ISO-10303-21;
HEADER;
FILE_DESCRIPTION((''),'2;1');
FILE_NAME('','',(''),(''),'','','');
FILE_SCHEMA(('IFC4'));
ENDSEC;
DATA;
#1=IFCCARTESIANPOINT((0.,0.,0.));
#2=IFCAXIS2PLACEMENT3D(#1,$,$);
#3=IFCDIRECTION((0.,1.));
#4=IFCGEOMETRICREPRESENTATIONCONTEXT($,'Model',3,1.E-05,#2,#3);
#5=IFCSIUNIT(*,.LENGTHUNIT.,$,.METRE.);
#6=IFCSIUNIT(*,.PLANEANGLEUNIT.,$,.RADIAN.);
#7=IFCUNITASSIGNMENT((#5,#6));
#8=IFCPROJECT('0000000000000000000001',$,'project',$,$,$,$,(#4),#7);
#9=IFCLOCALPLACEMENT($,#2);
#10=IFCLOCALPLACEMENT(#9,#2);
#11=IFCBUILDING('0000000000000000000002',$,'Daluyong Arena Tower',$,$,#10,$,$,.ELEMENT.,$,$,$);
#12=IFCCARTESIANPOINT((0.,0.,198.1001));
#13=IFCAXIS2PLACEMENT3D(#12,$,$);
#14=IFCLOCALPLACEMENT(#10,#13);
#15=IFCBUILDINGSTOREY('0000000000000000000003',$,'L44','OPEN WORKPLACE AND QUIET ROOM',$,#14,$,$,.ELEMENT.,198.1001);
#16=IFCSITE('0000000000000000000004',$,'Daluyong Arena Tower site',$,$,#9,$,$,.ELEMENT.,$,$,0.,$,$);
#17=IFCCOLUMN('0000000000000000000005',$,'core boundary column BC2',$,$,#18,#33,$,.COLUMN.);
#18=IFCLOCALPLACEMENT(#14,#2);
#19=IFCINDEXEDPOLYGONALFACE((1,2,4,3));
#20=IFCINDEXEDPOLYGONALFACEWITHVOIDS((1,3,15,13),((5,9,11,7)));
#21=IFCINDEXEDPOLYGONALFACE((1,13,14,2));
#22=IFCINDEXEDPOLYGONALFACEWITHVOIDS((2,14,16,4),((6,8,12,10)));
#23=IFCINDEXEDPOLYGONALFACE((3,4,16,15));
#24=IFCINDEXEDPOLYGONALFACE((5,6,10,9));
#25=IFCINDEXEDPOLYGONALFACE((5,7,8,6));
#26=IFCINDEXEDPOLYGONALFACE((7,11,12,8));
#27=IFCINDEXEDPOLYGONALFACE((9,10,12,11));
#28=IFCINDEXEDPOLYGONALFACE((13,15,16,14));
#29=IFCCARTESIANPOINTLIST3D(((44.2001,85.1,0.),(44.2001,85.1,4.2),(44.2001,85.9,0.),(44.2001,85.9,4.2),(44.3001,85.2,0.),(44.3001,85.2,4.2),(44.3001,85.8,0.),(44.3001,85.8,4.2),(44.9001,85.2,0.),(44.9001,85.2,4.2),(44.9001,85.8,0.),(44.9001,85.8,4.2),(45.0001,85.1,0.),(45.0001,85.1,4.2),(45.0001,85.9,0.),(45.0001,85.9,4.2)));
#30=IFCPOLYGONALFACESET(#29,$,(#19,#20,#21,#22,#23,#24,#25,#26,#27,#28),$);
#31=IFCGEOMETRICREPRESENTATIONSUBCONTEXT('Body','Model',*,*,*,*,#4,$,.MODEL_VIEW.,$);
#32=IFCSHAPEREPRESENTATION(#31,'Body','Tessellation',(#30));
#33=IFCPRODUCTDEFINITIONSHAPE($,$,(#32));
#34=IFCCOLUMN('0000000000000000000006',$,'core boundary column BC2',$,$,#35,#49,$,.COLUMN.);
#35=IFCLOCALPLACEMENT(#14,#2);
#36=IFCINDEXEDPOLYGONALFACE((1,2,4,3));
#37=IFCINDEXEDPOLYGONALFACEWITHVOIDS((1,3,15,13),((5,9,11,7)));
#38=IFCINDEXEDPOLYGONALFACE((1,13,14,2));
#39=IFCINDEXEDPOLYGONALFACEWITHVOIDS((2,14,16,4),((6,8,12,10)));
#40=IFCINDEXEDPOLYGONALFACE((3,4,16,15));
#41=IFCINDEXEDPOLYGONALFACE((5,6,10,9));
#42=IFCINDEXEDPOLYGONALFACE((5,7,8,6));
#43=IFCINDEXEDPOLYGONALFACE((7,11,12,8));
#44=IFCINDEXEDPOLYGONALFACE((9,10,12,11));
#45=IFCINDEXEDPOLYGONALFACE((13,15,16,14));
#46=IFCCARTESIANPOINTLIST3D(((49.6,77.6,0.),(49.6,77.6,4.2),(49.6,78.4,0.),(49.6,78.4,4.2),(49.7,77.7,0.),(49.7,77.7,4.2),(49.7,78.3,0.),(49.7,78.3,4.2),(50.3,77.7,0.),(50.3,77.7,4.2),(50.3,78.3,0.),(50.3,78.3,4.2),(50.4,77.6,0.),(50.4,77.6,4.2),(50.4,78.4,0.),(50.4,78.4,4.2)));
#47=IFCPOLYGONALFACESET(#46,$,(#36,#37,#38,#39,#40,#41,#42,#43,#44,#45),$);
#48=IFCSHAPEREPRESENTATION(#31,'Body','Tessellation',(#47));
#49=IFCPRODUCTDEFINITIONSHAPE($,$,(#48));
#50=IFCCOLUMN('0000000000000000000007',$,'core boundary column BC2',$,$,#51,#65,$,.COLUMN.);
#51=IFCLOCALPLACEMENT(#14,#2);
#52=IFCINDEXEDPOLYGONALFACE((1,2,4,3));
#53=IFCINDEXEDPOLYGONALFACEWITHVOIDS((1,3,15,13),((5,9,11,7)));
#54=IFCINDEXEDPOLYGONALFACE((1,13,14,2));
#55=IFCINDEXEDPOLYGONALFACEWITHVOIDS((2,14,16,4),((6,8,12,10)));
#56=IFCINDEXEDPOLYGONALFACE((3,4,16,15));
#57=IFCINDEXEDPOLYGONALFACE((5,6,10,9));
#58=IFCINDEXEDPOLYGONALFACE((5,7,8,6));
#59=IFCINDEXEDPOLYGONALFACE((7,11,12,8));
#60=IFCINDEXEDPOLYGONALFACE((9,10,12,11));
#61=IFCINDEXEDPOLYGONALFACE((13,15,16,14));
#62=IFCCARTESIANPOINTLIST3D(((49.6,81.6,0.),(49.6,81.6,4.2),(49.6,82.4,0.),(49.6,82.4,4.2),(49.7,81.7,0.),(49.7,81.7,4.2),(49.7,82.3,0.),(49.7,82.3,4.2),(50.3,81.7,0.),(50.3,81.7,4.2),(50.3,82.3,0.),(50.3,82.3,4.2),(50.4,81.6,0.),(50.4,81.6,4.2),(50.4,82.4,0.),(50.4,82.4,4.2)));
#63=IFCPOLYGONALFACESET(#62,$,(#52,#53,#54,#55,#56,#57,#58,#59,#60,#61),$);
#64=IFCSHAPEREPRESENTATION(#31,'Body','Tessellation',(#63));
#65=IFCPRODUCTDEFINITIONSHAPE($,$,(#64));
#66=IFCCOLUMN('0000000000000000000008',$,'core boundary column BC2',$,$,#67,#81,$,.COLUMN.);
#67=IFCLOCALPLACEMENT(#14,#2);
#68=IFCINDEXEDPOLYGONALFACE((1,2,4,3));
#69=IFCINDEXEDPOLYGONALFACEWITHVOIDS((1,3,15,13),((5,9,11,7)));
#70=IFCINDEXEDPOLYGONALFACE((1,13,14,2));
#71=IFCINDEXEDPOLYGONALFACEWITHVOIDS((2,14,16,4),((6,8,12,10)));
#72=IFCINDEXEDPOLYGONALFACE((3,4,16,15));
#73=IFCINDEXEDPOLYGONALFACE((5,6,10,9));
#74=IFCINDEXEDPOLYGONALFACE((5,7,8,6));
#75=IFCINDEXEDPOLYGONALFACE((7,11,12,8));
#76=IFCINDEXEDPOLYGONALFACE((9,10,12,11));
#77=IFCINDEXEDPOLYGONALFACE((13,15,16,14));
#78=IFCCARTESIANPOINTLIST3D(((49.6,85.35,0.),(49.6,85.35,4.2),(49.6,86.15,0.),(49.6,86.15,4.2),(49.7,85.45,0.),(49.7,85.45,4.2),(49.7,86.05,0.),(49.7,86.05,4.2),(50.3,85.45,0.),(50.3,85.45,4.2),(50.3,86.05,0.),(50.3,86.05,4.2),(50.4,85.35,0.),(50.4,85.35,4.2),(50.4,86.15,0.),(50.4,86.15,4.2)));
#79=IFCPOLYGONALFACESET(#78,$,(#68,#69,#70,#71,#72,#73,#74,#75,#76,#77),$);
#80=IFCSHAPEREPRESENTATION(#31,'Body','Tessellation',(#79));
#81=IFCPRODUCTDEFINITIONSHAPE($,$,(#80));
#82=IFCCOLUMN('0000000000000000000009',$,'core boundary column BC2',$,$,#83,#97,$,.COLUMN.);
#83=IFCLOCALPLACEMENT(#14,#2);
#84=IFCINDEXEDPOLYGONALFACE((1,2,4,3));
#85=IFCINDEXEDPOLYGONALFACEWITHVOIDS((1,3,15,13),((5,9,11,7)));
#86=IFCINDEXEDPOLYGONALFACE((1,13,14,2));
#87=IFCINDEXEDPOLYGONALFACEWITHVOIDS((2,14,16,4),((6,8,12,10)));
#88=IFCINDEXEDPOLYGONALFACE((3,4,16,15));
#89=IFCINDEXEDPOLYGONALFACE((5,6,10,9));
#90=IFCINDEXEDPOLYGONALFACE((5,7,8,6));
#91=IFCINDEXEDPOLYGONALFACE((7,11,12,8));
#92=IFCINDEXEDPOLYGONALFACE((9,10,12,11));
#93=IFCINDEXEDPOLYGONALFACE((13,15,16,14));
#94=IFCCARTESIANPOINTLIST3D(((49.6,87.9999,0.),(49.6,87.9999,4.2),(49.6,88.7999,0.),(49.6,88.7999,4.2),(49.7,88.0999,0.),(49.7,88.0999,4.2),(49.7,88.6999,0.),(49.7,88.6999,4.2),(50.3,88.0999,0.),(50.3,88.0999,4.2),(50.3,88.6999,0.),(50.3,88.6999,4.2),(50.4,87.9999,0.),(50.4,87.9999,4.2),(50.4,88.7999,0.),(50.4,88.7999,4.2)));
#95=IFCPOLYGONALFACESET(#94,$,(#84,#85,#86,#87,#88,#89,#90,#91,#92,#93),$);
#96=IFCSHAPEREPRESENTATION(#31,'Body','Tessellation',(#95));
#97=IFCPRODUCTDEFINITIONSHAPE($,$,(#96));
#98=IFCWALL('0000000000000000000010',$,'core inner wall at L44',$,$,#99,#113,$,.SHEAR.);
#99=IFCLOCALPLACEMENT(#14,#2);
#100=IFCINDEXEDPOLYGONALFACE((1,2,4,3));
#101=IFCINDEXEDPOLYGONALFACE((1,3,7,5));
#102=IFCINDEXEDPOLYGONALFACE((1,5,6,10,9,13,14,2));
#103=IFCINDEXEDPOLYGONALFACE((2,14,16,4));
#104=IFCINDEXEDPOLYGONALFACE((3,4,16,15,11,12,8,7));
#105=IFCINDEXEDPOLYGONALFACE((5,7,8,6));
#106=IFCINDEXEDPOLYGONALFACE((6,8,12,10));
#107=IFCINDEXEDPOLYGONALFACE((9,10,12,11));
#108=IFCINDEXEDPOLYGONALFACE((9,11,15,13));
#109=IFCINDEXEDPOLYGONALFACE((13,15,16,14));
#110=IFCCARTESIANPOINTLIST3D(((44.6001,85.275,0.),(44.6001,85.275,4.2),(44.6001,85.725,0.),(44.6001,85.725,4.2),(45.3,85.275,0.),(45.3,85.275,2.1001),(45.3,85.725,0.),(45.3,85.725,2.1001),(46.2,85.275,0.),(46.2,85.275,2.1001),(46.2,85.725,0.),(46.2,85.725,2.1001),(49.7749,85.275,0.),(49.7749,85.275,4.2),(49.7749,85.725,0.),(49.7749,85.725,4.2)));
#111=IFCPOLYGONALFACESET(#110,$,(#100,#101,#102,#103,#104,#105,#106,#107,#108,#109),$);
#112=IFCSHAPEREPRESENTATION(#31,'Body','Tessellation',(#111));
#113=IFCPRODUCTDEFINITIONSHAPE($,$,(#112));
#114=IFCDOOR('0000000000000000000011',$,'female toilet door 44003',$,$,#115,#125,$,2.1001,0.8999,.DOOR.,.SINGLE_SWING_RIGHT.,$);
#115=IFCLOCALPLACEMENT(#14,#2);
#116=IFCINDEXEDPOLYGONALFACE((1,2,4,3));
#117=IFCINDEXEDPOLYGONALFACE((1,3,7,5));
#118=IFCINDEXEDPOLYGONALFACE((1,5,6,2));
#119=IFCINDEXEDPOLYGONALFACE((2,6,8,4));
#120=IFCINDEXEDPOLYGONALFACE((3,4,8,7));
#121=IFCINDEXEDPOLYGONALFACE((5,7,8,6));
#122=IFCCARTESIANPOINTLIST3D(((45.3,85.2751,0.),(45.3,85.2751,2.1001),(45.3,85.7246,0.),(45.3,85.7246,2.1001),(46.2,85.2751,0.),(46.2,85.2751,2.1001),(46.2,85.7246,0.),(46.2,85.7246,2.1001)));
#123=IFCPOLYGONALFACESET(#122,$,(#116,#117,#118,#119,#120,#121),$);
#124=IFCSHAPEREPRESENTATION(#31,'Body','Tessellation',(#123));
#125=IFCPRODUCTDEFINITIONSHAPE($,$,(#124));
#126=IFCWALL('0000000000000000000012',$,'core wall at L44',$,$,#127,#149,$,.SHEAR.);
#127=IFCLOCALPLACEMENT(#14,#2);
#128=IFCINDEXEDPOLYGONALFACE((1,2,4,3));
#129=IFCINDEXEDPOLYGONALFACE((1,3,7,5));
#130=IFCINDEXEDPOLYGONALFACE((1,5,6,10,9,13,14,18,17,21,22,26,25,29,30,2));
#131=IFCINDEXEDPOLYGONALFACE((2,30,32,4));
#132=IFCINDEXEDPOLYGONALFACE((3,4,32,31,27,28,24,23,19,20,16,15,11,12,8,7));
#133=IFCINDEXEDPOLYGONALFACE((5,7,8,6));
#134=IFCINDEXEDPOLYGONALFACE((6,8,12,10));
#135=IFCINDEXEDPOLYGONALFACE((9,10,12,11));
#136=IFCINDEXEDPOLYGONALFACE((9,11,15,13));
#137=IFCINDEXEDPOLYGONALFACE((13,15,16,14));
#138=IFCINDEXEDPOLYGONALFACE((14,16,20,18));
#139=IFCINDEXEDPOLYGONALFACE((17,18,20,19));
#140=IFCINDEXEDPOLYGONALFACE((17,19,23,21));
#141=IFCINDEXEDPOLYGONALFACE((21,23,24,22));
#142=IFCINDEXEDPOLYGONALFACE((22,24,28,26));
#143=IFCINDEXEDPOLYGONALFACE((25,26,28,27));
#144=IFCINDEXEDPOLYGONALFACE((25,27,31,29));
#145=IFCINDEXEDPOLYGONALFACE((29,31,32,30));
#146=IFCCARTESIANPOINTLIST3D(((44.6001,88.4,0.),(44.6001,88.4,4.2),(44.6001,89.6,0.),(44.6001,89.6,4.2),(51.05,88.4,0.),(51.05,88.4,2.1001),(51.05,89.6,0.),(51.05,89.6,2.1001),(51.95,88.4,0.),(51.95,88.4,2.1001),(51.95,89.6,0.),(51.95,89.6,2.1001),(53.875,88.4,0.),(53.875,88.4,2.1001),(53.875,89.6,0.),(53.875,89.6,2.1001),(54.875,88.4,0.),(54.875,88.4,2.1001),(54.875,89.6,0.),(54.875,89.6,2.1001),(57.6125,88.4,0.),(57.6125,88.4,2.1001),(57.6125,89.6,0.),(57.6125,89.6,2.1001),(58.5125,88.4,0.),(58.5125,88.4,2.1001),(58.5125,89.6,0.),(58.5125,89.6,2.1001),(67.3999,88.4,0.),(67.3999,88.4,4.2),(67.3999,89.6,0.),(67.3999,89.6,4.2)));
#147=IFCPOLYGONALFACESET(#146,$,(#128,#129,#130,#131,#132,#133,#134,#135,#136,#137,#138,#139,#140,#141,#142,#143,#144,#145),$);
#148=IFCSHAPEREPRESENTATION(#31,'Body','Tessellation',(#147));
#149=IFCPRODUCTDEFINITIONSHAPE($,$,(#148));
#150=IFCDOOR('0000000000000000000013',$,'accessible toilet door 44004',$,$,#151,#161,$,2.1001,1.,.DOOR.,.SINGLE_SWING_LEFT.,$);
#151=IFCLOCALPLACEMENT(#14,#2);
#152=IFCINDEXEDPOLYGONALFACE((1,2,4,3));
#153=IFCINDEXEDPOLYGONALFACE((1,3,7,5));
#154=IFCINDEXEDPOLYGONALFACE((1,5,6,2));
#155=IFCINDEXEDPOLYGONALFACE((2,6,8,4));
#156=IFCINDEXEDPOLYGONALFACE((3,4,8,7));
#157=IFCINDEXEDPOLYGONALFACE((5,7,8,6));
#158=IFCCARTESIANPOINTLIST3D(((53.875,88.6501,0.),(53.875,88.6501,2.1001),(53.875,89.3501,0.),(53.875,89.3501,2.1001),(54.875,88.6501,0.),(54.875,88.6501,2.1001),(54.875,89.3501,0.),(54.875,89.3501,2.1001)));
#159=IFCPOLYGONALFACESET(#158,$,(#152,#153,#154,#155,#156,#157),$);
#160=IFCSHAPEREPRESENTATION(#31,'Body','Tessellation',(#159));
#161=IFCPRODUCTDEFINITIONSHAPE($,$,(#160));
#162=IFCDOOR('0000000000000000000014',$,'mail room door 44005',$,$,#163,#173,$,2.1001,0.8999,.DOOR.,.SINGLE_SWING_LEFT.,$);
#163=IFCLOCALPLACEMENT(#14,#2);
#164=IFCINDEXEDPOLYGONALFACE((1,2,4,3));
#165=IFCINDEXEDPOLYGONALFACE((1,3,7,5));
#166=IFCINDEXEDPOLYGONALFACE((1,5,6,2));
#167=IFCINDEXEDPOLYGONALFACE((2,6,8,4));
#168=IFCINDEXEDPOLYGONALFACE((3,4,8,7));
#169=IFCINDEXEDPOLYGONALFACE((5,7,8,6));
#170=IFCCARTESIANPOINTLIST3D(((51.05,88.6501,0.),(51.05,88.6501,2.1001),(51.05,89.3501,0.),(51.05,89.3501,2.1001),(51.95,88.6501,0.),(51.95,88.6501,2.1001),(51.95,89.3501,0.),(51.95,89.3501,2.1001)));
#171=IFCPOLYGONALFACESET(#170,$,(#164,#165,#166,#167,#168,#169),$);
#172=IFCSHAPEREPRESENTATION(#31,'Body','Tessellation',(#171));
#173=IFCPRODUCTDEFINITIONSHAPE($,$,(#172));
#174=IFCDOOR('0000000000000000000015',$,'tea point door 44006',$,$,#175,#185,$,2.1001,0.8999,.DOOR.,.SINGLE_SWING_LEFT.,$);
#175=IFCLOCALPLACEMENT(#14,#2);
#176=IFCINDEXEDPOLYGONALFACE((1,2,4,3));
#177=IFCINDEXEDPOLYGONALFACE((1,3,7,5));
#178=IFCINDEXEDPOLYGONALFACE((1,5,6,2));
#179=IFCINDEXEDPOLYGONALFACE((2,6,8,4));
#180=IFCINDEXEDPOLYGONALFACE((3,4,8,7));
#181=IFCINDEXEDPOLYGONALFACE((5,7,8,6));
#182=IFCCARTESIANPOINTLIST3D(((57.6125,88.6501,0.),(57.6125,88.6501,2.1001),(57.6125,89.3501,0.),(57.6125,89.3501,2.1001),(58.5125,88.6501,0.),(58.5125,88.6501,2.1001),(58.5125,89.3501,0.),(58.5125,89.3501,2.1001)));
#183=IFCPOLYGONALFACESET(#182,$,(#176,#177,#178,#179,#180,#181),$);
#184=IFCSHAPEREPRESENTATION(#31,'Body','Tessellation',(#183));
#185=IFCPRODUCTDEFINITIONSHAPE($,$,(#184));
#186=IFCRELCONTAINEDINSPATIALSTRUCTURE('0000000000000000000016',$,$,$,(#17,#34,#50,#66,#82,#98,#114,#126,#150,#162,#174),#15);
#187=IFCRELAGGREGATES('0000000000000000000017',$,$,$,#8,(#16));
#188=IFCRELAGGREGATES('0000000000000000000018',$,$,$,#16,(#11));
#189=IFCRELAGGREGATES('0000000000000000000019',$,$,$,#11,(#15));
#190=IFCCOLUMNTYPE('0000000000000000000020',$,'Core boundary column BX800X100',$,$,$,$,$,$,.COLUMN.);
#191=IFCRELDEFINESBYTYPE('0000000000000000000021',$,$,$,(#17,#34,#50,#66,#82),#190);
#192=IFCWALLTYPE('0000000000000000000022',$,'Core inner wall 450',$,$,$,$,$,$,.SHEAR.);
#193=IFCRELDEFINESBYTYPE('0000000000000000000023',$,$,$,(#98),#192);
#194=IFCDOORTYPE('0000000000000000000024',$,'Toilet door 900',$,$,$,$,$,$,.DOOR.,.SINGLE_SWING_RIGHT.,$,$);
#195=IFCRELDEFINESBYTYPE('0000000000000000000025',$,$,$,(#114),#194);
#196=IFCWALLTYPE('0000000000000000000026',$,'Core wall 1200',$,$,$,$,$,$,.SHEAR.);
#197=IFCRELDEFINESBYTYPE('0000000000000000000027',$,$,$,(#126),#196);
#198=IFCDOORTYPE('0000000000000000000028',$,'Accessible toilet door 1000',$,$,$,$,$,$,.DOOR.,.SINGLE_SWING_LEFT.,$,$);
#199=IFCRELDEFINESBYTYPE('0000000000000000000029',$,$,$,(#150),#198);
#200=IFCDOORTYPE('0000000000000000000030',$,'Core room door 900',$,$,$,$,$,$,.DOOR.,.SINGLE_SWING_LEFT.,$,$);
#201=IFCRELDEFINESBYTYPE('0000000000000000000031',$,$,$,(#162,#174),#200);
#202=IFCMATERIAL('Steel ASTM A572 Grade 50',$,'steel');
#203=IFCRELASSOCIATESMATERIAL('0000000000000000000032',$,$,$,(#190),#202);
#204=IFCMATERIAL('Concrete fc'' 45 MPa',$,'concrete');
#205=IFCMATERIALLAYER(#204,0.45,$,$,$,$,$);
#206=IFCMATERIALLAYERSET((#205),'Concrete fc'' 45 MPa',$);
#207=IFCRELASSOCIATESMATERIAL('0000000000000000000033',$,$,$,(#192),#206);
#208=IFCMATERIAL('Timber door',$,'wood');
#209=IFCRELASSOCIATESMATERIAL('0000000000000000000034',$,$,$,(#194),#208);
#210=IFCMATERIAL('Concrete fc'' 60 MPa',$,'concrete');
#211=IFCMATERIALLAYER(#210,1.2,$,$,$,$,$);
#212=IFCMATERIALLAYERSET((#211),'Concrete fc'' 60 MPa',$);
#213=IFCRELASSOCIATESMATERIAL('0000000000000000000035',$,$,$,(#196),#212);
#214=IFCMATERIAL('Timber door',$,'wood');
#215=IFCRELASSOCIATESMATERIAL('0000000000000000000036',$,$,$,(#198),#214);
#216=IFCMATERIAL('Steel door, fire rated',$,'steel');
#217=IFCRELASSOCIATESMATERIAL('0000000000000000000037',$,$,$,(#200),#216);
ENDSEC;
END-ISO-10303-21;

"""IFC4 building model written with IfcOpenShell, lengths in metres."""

from ifc_helpers import new_model, si_unit, direction, frame, frame_2d, origin, origin_2d, place, context, subcontext, project, spatial, rectangle, hollow_rectangle, extrude, material, layer, layer_set, material_profile, profile_set, type_object, element, fill, save


model = new_model("IFC4")

# Units and contexts
model_context = context("Model", 3, precision=1e-05, world=origin(), true_north=direction((0.0, 1.0)))
body_context = subcontext(model_context, "Body", "Model", "MODEL_VIEW")
ifc_project = project(units=[si_unit("LENGTHUNIT", "METRE"), si_unit("PLANEANGLEUNIT", "RADIAN")], contexts=[model_context])

# Site, building, storey
site_placement = place(None, origin())
site = spatial("IfcSite", under=ifc_project, at=site_placement, Name="Daluyong Arena Tower site", CompositionType="ELEMENT", RefElevation=0.0)
building_placement = place(site_placement, origin())
building = spatial("IfcBuilding", under=site, at=building_placement, Name="Daluyong Arena Tower", CompositionType="ELEMENT")
storey_placement = place(building_placement, frame((0.0, 0.0, 198.1001)))
storey = spatial("IfcBuildingStorey", under=building, at=storey_placement, Name="L44", Description="OPEN WORKPLACE AND QUIET ROOM", CompositionType="ELEMENT", Elevation=198.1001)

# Columns
ifc_material_1 = material(Name="Steel ASTM A572 Grade 50", Category="steel")
ifc_material_profile = material_profile(ifc_material_1, hollow_rectangle(XDim=0.8, YDim=0.8, WallThickness=0.1, at=origin_2d()))
ifc_profile_set = profile_set([ifc_material_profile], Name="Steel ASTM A572 Grade 50")
column_type = type_object("IfcColumnType", Name="Core boundary column BX800X100", PredefinedType="COLUMN", material=ifc_profile_set)
for number, where, z_axis, x_axis, name in (
    (1, (44.6001, 85.5, 0.0), (0.0, 0.0, 1.0), (1.0, 0.0, 0.0), "core boundary column BC2"),
    (2, (50.0, 78.0, 0.0), (0.0, 0.0, 1.0), (1.0, 0.0, 0.0), "core boundary column BC2"),
    (3, (50.0, 82.0, 0.0), (0.0, 0.0, 1.0), (1.0, 0.0, 0.0), "core boundary column BC2"),
    (4, (50.0, 85.75, 0.0), (0.0, 0.0, 1.0), (1.0, 0.0, 0.0), "core boundary column BC2"),
    (5, (50.0, 88.3999, 0.0), (0.0, 0.0, 1.0), (1.0, 0.0, 0.0), "core boundary column BC2"),
):
    element("IfcColumn", number, at=place(storey_placement, frame(where, z_axis=z_axis, x_axis=x_axis)), inside=storey, type_object=column_type, Name=name, PredefinedType="COLUMN", context=body_context, shape_type="SweptSolid", body=[
        extrude(hollow_rectangle(XDim=0.8, YDim=0.8, WallThickness=0.1, at=origin_2d()), origin(), (0.0, 0.0, 1.0), 4.2),
    ])

# Wall, opening, door
ifc_material_2 = material(Name="Concrete fc' 45 MPa", Category="concrete")
ifc_layer_1 = layer(ifc_material_2, 0.45)
ifc_layer_set_1 = layer_set([ifc_layer_1], Name="Concrete fc' 45 MPa")
wall_type_1 = type_object("IfcWallType", Name="Core inner wall 450", PredefinedType="SHEAR", material=ifc_layer_set_1)
wall_1_placement = place(storey_placement, frame((44.6001, 85.5, 0.0), z_axis=(0.0, 0.0, 1.0), x_axis=(1.0, 0.0, 0.0)))
wall_1 = element("IfcWall", 6, at=wall_1_placement, inside=storey, type_object=wall_type_1, Name="core inner wall at L44", PredefinedType="SHEAR", context=body_context, shape_type="SweptSolid", body=[
    extrude(rectangle(XDim=5.1748, YDim=0.45, at=frame_2d((2.5874, 0.0))), origin(), (0.0, 0.0, 1.0), 4.2),
])
opening_1_placement = place(wall_1_placement, frame((0.7, 0.0, 0.0)))
opening_1 = element("IfcOpeningElement", 7, at=opening_1_placement, cuts=wall_1, PredefinedType="OPENING", context=body_context, shape_type="SweptSolid", body=[
    extrude(rectangle(XDim=0.8999, YDim=2.1001, at=frame_2d((0.45, 1.05))), frame((0.0, 0.2349, 0.0), z_axis=(0.0, -1.0, 0.0), x_axis=(1.0, 0.0, 0.0)), (0.0, 0.0, 1.0), 0.47),
])
ifc_material_3 = material(Name="Timber door", Category="wood")
door_type_1 = type_object("IfcDoorType", Name="Toilet door 900", OperationType="SINGLE_SWING_RIGHT", PredefinedType="DOOR", material=ifc_material_3)
door_1_placement = place(opening_1_placement, origin())
door_1 = element("IfcDoor", 8, at=door_1_placement, inside=storey, type_object=door_type_1, Name="female toilet door 44003", OperationType="SINGLE_SWING_RIGHT", OverallHeight=2.1001, OverallWidth=0.8999, PredefinedType="DOOR", context=body_context, shape_type="SweptSolid", body=[
    extrude(rectangle(XDim=0.8999, YDim=2.1001, at=frame_2d((0.45, 1.05))), frame((0.0, 0.2246, 0.0), z_axis=(0.0, -1.0, 0.0), x_axis=(1.0, 0.0, 0.0)), (0.0, 0.0, 1.0), 0.4495),
])
fill(opening_1, door_1)

# Wall, openings, doors
ifc_material_4 = material(Name="Concrete fc' 60 MPa", Category="concrete")
ifc_layer_2 = layer(ifc_material_4, 1.2)
ifc_layer_set_2 = layer_set([ifc_layer_2], Name="Concrete fc' 60 MPa")
wall_type_2 = type_object("IfcWallType", Name="Core wall 1200", PredefinedType="SHEAR", material=ifc_layer_set_2)
wall_2_placement = place(storey_placement, frame((44.6001, 89.0, 0.0), z_axis=(0.0, 0.0, 1.0), x_axis=(1.0, 0.0, 0.0)))
wall_2 = element("IfcWall", 9, at=wall_2_placement, inside=storey, type_object=wall_type_2, Name="core wall at L44", PredefinedType="SHEAR", context=body_context, shape_type="SweptSolid", body=[
    extrude(rectangle(XDim=22.7998, YDim=1.2, at=frame_2d((11.3999, 0.0))), origin(), (0.0, 0.0, 1.0), 4.2),
])
opening_2_placement = place(wall_2_placement, frame((9.2749, 0.0, 0.0)))
opening_2 = element("IfcOpeningElement", 10, at=opening_2_placement, cuts=wall_2, PredefinedType="OPENING", context=body_context, shape_type="SweptSolid", body=[
    extrude(rectangle(XDim=1.0, YDim=2.1001, at=frame_2d((0.5, 1.05))), frame((0.0, 0.6099, 0.0), z_axis=(0.0, -1.0, 0.0), x_axis=(1.0, 0.0, 0.0)), (0.0, 0.0, 1.0), 1.22),
])
opening_3_placement = place(wall_2_placement, frame((6.45, 0.0, 0.0)))
opening_3 = element("IfcOpeningElement", 11, at=opening_3_placement, cuts=wall_2, PredefinedType="OPENING", context=body_context, shape_type="SweptSolid", body=[
    extrude(rectangle(XDim=0.8999, YDim=2.1001, at=frame_2d((0.45, 1.05))), frame((0.0, 0.6099, 0.0), z_axis=(0.0, -1.0, 0.0), x_axis=(1.0, 0.0, 0.0)), (0.0, 0.0, 1.0), 1.22),
])
opening_4_placement = place(wall_2_placement, frame((13.0125, 0.0, 0.0)))
opening_4 = element("IfcOpeningElement", 12, at=opening_4_placement, cuts=wall_2, PredefinedType="OPENING", context=body_context, shape_type="SweptSolid", body=[
    extrude(rectangle(XDim=0.8999, YDim=2.1001, at=frame_2d((0.45, 1.05))), frame((0.0, 0.6099, 0.0), z_axis=(0.0, -1.0, 0.0), x_axis=(1.0, 0.0, 0.0)), (0.0, 0.0, 1.0), 1.22),
])
ifc_material_5 = material(Name="Timber door", Category="wood")
door_type_2 = type_object("IfcDoorType", Name="Accessible toilet door 1000", OperationType="SINGLE_SWING_LEFT", PredefinedType="DOOR", material=ifc_material_5)
door_2_placement = place(opening_2_placement, origin())
door_2 = element("IfcDoor", 13, at=door_2_placement, inside=storey, type_object=door_type_2, Name="accessible toilet door 44004", OperationType="SINGLE_SWING_LEFT", OverallHeight=2.1001, OverallWidth=1.0, PredefinedType="DOOR", context=body_context, shape_type="SweptSolid", body=[
    extrude(rectangle(XDim=1.0, YDim=2.1001, at=frame_2d((0.5, 1.05))), frame((0.0, 0.3501, 0.0), z_axis=(0.0, -1.0, 0.0), x_axis=(1.0, 0.0, 0.0)), (0.0, 0.0, 1.0), 0.7),
])
fill(opening_2, door_2)
ifc_material_6 = material(Name="Steel door, fire rated", Category="steel")
door_type_3 = type_object("IfcDoorType", Name="Core room door 900", OperationType="SINGLE_SWING_LEFT", PredefinedType="DOOR", material=ifc_material_6)
door_3_placement = place(opening_3_placement, origin())
door_3 = element("IfcDoor", 14, at=door_3_placement, inside=storey, type_object=door_type_3, Name="mail room door 44005", OperationType="SINGLE_SWING_LEFT", OverallHeight=2.1001, OverallWidth=0.8999, PredefinedType="DOOR", context=body_context, shape_type="SweptSolid", body=[
    extrude(rectangle(XDim=0.8999, YDim=2.1001, at=frame_2d((0.45, 1.05))), frame((0.0, 0.3501, 0.0), z_axis=(0.0, -1.0, 0.0), x_axis=(1.0, 0.0, 0.0)), (0.0, 0.0, 1.0), 0.7),
])
fill(opening_3, door_3)
door_4_placement = place(opening_4_placement, origin())
door_4 = element("IfcDoor", 15, at=door_4_placement, inside=storey, type_object=door_type_3, Name="tea point door 44006", OperationType="SINGLE_SWING_LEFT", OverallHeight=2.1001, OverallWidth=0.8999, PredefinedType="DOOR", context=body_context, shape_type="SweptSolid", body=[
    extrude(rectangle(XDim=0.8999, YDim=2.1001, at=frame_2d((0.45, 1.05))), frame((0.0, 0.3501, 0.0), z_axis=(0.0, -1.0, 0.0), x_axis=(1.0, 0.0, 0.0)), (0.0, 0.0, 1.0), 0.7),
])
fill(opening_4, door_4)

save(model, "model.ifc")
